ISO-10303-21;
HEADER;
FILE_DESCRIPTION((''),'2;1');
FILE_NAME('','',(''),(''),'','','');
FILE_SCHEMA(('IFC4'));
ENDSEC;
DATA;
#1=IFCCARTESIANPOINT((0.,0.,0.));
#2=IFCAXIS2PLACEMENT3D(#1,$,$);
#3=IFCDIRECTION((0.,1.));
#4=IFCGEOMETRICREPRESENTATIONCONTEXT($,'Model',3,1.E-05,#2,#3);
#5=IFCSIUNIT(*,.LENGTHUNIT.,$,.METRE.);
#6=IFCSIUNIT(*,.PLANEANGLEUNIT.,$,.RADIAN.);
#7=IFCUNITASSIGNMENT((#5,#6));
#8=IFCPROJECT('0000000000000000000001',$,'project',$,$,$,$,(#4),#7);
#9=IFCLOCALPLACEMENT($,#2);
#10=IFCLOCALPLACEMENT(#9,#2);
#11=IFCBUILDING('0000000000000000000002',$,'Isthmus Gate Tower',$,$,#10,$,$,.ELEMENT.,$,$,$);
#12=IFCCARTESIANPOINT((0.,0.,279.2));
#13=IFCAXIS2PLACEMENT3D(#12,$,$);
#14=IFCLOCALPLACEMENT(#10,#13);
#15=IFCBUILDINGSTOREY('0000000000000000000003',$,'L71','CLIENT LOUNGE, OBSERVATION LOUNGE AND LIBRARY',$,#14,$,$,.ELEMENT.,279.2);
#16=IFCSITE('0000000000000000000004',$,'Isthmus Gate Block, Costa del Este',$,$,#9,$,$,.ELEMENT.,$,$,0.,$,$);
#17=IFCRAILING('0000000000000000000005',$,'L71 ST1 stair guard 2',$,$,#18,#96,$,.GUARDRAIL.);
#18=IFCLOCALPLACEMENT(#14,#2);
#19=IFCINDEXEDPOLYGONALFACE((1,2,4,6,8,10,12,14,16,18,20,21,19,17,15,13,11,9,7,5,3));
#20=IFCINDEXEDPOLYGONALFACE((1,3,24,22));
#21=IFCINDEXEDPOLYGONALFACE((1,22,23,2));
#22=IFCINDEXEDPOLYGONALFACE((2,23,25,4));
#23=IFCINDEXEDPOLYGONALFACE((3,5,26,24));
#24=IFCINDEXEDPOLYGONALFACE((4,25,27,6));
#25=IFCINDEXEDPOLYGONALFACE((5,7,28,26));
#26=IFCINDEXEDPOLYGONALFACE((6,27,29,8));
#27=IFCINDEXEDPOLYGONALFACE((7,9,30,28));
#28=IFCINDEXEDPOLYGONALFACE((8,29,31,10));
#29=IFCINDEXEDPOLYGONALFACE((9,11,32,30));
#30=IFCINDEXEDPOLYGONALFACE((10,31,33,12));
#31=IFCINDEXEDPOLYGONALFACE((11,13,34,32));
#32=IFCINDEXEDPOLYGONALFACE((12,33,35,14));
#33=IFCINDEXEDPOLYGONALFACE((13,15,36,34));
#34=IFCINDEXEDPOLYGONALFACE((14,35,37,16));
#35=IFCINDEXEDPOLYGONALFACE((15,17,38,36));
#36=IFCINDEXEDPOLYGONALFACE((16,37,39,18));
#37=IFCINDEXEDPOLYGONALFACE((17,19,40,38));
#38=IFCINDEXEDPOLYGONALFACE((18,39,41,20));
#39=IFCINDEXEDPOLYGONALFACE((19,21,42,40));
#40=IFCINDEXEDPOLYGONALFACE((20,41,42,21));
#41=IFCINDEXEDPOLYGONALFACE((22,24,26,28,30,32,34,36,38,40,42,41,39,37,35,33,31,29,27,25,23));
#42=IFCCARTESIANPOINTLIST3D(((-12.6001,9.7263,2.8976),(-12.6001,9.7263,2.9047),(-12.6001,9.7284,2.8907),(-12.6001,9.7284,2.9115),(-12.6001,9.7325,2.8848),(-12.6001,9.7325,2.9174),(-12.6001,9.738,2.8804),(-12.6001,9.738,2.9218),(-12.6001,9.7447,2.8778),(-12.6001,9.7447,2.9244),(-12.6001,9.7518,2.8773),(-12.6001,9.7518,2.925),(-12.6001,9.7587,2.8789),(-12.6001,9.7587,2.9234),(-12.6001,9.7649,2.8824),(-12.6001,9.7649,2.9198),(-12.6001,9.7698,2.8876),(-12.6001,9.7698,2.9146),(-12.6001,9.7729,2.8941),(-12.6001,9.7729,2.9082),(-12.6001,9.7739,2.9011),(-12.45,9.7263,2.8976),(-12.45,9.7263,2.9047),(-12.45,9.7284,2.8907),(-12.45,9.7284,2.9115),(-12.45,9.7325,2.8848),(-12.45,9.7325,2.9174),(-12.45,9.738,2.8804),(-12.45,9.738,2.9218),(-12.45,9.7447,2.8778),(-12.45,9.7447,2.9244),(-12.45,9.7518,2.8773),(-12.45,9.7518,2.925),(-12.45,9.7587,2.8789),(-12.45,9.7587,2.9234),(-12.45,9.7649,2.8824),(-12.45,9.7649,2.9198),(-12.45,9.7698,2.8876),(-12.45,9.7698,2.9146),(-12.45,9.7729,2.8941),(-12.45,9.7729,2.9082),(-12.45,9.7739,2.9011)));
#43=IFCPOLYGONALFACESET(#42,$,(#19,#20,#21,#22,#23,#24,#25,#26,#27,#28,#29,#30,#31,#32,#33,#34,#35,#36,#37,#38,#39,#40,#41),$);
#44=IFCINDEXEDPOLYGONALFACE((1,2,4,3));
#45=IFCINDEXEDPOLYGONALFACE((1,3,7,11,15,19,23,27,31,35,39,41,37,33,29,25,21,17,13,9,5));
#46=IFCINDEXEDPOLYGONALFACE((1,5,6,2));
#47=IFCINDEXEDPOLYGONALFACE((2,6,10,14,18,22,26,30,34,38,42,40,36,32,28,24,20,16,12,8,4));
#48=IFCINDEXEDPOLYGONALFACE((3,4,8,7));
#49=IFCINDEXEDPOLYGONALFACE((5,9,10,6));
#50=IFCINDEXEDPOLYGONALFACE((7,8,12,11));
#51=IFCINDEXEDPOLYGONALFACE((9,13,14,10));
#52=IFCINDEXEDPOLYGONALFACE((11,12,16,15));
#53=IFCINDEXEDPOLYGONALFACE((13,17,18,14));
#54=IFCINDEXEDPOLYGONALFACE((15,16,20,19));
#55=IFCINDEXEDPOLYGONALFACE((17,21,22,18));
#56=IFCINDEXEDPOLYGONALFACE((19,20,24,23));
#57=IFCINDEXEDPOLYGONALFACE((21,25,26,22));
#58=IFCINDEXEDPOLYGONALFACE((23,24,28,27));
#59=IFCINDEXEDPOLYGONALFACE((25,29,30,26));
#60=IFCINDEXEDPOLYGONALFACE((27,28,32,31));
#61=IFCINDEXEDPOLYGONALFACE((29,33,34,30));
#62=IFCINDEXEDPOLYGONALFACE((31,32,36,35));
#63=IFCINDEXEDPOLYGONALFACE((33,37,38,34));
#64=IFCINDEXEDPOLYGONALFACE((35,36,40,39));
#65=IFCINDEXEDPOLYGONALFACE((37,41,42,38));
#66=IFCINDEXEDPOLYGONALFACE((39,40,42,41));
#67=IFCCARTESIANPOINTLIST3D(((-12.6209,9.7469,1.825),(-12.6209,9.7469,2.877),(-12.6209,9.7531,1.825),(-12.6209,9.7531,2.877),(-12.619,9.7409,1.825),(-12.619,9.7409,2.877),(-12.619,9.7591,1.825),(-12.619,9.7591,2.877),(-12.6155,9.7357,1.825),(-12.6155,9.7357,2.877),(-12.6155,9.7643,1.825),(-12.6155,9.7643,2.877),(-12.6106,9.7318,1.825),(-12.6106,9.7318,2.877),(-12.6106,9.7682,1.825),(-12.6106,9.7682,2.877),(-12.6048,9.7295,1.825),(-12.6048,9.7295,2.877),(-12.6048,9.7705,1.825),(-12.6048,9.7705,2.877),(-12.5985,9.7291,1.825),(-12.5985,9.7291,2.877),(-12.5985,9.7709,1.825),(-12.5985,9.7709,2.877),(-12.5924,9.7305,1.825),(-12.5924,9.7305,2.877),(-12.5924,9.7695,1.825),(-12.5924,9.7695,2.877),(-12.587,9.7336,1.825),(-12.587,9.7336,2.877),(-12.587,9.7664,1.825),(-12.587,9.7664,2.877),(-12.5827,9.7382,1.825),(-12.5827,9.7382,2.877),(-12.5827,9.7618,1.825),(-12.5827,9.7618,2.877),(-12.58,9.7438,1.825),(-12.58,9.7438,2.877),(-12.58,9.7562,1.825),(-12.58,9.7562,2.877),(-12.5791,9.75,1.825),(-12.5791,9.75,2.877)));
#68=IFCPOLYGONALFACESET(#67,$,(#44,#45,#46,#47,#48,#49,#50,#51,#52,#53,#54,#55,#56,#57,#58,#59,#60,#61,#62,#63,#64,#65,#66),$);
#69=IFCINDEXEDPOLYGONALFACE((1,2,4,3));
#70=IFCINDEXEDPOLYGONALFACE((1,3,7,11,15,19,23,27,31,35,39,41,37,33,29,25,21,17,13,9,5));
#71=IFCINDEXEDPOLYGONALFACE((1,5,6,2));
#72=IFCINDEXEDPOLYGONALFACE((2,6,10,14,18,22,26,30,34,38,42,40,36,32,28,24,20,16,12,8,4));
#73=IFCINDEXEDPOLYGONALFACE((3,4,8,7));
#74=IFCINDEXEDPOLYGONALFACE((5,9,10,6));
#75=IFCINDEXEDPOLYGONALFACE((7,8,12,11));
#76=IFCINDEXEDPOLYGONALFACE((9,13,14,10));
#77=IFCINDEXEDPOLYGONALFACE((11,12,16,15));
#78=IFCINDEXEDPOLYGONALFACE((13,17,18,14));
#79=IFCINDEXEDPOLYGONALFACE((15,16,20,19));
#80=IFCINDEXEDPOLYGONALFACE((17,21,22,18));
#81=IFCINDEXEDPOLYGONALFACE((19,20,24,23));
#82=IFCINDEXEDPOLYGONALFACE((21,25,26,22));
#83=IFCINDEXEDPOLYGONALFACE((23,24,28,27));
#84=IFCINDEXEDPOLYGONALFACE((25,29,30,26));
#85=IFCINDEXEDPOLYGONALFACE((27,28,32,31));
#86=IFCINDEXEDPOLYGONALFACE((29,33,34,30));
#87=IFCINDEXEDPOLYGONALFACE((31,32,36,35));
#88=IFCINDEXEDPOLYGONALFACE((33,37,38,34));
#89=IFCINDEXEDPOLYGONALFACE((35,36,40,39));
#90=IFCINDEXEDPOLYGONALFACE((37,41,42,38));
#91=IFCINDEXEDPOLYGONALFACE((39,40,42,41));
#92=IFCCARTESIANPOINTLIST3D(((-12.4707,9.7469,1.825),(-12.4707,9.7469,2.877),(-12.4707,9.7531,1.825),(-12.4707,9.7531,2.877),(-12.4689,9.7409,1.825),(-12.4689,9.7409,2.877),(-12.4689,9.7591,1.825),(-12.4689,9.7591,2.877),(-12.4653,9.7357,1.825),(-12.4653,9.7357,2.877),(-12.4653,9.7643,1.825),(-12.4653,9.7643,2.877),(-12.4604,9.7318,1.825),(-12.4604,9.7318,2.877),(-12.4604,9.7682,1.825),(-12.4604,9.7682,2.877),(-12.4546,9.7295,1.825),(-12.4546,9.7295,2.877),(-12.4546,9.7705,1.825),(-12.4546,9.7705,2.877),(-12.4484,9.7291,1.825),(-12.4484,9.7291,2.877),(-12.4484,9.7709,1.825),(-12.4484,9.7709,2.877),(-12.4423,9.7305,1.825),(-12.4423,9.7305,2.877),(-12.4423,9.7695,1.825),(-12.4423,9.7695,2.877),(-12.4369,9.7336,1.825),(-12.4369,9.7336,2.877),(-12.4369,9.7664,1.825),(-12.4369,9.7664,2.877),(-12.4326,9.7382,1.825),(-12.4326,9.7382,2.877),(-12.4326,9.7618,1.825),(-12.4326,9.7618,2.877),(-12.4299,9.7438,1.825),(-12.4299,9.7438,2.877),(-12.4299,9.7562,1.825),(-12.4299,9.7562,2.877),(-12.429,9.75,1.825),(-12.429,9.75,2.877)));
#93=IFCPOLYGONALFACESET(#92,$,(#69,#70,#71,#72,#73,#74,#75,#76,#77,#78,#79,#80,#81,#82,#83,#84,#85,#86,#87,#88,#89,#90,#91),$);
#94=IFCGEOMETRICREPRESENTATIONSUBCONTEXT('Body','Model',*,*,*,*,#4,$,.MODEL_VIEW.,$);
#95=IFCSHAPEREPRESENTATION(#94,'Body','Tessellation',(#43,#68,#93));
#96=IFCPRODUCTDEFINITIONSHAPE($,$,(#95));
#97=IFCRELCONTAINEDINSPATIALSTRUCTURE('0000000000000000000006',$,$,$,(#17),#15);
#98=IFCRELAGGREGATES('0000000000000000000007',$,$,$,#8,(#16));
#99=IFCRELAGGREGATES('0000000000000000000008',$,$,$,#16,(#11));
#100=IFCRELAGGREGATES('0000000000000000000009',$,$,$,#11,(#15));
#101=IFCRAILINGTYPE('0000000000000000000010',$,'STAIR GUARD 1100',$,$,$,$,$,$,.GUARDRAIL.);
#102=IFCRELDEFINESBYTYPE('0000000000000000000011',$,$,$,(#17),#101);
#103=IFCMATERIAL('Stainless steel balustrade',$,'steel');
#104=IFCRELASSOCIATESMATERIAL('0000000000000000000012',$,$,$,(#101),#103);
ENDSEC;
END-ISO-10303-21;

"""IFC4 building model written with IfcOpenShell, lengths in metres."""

from ifc_helpers import new_model, si_unit, direction, frame, origin, origin_2d, place, context, subcontext, project, spatial, circle, extrude, material, type_object, element, save


model = new_model("IFC4")

# Units and contexts
model_context = context("Model", 3, precision=1e-05, world=origin(), true_north=direction((0.0, 1.0)))
body_context = subcontext(model_context, "Body", "Model", "MODEL_VIEW")
ifc_project = project(units=[si_unit("LENGTHUNIT", "METRE"), si_unit("PLANEANGLEUNIT", "RADIAN")], contexts=[model_context])

# Site, building, storey
site_placement = place(None, origin())
site = spatial("IfcSite", under=ifc_project, at=site_placement, Name="Isthmus Gate Block, Costa del Este", CompositionType="ELEMENT", RefElevation=0.0)
building_placement = place(site_placement, origin())
building = spatial("IfcBuilding", under=site, at=building_placement, Name="Isthmus Gate Tower", CompositionType="ELEMENT")
storey_placement = place(building_placement, frame((0.0, 0.0, 279.2)))
storey = spatial("IfcBuildingStorey", under=building, at=storey_placement, Name="L71", Description="CLIENT LOUNGE, OBSERVATION LOUNGE AND LIBRARY", CompositionType="ELEMENT", Elevation=279.2)

# Railing
ifc_material_1 = material(Name="Stainless steel balustrade", Category="steel")
railing_type_1 = type_object("IfcRailingType", Name="STAIR GUARD 1100", PredefinedType="GUARDRAIL", material=ifc_material_1)
railing_1_placement = place(storey_placement, frame((-12.6001, 9.75, 1.825)))
element("IfcRailing", 1, at=railing_1_placement, inside=storey, type_object=railing_type_1, Name="L71 ST1 stair guard 2", PredefinedType="GUARDRAIL", context=body_context, shape_type="SweptSolid", body=[
    extrude(circle(Radius=0.0239, at=origin_2d()), frame((0.0, 0.0, 1.0762), z_axis=(1.0, 0.0, 0.0), x_axis=(0.0, 1.0, 0.0)), (0.0, 0.0, 1.0), 0.1501),
    extrude(circle(Radius=0.021, at=origin_2d()), origin(), (0.0, 0.0, 1.0), 1.052),
    extrude(circle(Radius=0.021, at=origin_2d()), frame((0.1501, 0.0, 0.0)), (0.0, 0.0, 1.0), 1.052),
])

save(model, "model.ifc")
